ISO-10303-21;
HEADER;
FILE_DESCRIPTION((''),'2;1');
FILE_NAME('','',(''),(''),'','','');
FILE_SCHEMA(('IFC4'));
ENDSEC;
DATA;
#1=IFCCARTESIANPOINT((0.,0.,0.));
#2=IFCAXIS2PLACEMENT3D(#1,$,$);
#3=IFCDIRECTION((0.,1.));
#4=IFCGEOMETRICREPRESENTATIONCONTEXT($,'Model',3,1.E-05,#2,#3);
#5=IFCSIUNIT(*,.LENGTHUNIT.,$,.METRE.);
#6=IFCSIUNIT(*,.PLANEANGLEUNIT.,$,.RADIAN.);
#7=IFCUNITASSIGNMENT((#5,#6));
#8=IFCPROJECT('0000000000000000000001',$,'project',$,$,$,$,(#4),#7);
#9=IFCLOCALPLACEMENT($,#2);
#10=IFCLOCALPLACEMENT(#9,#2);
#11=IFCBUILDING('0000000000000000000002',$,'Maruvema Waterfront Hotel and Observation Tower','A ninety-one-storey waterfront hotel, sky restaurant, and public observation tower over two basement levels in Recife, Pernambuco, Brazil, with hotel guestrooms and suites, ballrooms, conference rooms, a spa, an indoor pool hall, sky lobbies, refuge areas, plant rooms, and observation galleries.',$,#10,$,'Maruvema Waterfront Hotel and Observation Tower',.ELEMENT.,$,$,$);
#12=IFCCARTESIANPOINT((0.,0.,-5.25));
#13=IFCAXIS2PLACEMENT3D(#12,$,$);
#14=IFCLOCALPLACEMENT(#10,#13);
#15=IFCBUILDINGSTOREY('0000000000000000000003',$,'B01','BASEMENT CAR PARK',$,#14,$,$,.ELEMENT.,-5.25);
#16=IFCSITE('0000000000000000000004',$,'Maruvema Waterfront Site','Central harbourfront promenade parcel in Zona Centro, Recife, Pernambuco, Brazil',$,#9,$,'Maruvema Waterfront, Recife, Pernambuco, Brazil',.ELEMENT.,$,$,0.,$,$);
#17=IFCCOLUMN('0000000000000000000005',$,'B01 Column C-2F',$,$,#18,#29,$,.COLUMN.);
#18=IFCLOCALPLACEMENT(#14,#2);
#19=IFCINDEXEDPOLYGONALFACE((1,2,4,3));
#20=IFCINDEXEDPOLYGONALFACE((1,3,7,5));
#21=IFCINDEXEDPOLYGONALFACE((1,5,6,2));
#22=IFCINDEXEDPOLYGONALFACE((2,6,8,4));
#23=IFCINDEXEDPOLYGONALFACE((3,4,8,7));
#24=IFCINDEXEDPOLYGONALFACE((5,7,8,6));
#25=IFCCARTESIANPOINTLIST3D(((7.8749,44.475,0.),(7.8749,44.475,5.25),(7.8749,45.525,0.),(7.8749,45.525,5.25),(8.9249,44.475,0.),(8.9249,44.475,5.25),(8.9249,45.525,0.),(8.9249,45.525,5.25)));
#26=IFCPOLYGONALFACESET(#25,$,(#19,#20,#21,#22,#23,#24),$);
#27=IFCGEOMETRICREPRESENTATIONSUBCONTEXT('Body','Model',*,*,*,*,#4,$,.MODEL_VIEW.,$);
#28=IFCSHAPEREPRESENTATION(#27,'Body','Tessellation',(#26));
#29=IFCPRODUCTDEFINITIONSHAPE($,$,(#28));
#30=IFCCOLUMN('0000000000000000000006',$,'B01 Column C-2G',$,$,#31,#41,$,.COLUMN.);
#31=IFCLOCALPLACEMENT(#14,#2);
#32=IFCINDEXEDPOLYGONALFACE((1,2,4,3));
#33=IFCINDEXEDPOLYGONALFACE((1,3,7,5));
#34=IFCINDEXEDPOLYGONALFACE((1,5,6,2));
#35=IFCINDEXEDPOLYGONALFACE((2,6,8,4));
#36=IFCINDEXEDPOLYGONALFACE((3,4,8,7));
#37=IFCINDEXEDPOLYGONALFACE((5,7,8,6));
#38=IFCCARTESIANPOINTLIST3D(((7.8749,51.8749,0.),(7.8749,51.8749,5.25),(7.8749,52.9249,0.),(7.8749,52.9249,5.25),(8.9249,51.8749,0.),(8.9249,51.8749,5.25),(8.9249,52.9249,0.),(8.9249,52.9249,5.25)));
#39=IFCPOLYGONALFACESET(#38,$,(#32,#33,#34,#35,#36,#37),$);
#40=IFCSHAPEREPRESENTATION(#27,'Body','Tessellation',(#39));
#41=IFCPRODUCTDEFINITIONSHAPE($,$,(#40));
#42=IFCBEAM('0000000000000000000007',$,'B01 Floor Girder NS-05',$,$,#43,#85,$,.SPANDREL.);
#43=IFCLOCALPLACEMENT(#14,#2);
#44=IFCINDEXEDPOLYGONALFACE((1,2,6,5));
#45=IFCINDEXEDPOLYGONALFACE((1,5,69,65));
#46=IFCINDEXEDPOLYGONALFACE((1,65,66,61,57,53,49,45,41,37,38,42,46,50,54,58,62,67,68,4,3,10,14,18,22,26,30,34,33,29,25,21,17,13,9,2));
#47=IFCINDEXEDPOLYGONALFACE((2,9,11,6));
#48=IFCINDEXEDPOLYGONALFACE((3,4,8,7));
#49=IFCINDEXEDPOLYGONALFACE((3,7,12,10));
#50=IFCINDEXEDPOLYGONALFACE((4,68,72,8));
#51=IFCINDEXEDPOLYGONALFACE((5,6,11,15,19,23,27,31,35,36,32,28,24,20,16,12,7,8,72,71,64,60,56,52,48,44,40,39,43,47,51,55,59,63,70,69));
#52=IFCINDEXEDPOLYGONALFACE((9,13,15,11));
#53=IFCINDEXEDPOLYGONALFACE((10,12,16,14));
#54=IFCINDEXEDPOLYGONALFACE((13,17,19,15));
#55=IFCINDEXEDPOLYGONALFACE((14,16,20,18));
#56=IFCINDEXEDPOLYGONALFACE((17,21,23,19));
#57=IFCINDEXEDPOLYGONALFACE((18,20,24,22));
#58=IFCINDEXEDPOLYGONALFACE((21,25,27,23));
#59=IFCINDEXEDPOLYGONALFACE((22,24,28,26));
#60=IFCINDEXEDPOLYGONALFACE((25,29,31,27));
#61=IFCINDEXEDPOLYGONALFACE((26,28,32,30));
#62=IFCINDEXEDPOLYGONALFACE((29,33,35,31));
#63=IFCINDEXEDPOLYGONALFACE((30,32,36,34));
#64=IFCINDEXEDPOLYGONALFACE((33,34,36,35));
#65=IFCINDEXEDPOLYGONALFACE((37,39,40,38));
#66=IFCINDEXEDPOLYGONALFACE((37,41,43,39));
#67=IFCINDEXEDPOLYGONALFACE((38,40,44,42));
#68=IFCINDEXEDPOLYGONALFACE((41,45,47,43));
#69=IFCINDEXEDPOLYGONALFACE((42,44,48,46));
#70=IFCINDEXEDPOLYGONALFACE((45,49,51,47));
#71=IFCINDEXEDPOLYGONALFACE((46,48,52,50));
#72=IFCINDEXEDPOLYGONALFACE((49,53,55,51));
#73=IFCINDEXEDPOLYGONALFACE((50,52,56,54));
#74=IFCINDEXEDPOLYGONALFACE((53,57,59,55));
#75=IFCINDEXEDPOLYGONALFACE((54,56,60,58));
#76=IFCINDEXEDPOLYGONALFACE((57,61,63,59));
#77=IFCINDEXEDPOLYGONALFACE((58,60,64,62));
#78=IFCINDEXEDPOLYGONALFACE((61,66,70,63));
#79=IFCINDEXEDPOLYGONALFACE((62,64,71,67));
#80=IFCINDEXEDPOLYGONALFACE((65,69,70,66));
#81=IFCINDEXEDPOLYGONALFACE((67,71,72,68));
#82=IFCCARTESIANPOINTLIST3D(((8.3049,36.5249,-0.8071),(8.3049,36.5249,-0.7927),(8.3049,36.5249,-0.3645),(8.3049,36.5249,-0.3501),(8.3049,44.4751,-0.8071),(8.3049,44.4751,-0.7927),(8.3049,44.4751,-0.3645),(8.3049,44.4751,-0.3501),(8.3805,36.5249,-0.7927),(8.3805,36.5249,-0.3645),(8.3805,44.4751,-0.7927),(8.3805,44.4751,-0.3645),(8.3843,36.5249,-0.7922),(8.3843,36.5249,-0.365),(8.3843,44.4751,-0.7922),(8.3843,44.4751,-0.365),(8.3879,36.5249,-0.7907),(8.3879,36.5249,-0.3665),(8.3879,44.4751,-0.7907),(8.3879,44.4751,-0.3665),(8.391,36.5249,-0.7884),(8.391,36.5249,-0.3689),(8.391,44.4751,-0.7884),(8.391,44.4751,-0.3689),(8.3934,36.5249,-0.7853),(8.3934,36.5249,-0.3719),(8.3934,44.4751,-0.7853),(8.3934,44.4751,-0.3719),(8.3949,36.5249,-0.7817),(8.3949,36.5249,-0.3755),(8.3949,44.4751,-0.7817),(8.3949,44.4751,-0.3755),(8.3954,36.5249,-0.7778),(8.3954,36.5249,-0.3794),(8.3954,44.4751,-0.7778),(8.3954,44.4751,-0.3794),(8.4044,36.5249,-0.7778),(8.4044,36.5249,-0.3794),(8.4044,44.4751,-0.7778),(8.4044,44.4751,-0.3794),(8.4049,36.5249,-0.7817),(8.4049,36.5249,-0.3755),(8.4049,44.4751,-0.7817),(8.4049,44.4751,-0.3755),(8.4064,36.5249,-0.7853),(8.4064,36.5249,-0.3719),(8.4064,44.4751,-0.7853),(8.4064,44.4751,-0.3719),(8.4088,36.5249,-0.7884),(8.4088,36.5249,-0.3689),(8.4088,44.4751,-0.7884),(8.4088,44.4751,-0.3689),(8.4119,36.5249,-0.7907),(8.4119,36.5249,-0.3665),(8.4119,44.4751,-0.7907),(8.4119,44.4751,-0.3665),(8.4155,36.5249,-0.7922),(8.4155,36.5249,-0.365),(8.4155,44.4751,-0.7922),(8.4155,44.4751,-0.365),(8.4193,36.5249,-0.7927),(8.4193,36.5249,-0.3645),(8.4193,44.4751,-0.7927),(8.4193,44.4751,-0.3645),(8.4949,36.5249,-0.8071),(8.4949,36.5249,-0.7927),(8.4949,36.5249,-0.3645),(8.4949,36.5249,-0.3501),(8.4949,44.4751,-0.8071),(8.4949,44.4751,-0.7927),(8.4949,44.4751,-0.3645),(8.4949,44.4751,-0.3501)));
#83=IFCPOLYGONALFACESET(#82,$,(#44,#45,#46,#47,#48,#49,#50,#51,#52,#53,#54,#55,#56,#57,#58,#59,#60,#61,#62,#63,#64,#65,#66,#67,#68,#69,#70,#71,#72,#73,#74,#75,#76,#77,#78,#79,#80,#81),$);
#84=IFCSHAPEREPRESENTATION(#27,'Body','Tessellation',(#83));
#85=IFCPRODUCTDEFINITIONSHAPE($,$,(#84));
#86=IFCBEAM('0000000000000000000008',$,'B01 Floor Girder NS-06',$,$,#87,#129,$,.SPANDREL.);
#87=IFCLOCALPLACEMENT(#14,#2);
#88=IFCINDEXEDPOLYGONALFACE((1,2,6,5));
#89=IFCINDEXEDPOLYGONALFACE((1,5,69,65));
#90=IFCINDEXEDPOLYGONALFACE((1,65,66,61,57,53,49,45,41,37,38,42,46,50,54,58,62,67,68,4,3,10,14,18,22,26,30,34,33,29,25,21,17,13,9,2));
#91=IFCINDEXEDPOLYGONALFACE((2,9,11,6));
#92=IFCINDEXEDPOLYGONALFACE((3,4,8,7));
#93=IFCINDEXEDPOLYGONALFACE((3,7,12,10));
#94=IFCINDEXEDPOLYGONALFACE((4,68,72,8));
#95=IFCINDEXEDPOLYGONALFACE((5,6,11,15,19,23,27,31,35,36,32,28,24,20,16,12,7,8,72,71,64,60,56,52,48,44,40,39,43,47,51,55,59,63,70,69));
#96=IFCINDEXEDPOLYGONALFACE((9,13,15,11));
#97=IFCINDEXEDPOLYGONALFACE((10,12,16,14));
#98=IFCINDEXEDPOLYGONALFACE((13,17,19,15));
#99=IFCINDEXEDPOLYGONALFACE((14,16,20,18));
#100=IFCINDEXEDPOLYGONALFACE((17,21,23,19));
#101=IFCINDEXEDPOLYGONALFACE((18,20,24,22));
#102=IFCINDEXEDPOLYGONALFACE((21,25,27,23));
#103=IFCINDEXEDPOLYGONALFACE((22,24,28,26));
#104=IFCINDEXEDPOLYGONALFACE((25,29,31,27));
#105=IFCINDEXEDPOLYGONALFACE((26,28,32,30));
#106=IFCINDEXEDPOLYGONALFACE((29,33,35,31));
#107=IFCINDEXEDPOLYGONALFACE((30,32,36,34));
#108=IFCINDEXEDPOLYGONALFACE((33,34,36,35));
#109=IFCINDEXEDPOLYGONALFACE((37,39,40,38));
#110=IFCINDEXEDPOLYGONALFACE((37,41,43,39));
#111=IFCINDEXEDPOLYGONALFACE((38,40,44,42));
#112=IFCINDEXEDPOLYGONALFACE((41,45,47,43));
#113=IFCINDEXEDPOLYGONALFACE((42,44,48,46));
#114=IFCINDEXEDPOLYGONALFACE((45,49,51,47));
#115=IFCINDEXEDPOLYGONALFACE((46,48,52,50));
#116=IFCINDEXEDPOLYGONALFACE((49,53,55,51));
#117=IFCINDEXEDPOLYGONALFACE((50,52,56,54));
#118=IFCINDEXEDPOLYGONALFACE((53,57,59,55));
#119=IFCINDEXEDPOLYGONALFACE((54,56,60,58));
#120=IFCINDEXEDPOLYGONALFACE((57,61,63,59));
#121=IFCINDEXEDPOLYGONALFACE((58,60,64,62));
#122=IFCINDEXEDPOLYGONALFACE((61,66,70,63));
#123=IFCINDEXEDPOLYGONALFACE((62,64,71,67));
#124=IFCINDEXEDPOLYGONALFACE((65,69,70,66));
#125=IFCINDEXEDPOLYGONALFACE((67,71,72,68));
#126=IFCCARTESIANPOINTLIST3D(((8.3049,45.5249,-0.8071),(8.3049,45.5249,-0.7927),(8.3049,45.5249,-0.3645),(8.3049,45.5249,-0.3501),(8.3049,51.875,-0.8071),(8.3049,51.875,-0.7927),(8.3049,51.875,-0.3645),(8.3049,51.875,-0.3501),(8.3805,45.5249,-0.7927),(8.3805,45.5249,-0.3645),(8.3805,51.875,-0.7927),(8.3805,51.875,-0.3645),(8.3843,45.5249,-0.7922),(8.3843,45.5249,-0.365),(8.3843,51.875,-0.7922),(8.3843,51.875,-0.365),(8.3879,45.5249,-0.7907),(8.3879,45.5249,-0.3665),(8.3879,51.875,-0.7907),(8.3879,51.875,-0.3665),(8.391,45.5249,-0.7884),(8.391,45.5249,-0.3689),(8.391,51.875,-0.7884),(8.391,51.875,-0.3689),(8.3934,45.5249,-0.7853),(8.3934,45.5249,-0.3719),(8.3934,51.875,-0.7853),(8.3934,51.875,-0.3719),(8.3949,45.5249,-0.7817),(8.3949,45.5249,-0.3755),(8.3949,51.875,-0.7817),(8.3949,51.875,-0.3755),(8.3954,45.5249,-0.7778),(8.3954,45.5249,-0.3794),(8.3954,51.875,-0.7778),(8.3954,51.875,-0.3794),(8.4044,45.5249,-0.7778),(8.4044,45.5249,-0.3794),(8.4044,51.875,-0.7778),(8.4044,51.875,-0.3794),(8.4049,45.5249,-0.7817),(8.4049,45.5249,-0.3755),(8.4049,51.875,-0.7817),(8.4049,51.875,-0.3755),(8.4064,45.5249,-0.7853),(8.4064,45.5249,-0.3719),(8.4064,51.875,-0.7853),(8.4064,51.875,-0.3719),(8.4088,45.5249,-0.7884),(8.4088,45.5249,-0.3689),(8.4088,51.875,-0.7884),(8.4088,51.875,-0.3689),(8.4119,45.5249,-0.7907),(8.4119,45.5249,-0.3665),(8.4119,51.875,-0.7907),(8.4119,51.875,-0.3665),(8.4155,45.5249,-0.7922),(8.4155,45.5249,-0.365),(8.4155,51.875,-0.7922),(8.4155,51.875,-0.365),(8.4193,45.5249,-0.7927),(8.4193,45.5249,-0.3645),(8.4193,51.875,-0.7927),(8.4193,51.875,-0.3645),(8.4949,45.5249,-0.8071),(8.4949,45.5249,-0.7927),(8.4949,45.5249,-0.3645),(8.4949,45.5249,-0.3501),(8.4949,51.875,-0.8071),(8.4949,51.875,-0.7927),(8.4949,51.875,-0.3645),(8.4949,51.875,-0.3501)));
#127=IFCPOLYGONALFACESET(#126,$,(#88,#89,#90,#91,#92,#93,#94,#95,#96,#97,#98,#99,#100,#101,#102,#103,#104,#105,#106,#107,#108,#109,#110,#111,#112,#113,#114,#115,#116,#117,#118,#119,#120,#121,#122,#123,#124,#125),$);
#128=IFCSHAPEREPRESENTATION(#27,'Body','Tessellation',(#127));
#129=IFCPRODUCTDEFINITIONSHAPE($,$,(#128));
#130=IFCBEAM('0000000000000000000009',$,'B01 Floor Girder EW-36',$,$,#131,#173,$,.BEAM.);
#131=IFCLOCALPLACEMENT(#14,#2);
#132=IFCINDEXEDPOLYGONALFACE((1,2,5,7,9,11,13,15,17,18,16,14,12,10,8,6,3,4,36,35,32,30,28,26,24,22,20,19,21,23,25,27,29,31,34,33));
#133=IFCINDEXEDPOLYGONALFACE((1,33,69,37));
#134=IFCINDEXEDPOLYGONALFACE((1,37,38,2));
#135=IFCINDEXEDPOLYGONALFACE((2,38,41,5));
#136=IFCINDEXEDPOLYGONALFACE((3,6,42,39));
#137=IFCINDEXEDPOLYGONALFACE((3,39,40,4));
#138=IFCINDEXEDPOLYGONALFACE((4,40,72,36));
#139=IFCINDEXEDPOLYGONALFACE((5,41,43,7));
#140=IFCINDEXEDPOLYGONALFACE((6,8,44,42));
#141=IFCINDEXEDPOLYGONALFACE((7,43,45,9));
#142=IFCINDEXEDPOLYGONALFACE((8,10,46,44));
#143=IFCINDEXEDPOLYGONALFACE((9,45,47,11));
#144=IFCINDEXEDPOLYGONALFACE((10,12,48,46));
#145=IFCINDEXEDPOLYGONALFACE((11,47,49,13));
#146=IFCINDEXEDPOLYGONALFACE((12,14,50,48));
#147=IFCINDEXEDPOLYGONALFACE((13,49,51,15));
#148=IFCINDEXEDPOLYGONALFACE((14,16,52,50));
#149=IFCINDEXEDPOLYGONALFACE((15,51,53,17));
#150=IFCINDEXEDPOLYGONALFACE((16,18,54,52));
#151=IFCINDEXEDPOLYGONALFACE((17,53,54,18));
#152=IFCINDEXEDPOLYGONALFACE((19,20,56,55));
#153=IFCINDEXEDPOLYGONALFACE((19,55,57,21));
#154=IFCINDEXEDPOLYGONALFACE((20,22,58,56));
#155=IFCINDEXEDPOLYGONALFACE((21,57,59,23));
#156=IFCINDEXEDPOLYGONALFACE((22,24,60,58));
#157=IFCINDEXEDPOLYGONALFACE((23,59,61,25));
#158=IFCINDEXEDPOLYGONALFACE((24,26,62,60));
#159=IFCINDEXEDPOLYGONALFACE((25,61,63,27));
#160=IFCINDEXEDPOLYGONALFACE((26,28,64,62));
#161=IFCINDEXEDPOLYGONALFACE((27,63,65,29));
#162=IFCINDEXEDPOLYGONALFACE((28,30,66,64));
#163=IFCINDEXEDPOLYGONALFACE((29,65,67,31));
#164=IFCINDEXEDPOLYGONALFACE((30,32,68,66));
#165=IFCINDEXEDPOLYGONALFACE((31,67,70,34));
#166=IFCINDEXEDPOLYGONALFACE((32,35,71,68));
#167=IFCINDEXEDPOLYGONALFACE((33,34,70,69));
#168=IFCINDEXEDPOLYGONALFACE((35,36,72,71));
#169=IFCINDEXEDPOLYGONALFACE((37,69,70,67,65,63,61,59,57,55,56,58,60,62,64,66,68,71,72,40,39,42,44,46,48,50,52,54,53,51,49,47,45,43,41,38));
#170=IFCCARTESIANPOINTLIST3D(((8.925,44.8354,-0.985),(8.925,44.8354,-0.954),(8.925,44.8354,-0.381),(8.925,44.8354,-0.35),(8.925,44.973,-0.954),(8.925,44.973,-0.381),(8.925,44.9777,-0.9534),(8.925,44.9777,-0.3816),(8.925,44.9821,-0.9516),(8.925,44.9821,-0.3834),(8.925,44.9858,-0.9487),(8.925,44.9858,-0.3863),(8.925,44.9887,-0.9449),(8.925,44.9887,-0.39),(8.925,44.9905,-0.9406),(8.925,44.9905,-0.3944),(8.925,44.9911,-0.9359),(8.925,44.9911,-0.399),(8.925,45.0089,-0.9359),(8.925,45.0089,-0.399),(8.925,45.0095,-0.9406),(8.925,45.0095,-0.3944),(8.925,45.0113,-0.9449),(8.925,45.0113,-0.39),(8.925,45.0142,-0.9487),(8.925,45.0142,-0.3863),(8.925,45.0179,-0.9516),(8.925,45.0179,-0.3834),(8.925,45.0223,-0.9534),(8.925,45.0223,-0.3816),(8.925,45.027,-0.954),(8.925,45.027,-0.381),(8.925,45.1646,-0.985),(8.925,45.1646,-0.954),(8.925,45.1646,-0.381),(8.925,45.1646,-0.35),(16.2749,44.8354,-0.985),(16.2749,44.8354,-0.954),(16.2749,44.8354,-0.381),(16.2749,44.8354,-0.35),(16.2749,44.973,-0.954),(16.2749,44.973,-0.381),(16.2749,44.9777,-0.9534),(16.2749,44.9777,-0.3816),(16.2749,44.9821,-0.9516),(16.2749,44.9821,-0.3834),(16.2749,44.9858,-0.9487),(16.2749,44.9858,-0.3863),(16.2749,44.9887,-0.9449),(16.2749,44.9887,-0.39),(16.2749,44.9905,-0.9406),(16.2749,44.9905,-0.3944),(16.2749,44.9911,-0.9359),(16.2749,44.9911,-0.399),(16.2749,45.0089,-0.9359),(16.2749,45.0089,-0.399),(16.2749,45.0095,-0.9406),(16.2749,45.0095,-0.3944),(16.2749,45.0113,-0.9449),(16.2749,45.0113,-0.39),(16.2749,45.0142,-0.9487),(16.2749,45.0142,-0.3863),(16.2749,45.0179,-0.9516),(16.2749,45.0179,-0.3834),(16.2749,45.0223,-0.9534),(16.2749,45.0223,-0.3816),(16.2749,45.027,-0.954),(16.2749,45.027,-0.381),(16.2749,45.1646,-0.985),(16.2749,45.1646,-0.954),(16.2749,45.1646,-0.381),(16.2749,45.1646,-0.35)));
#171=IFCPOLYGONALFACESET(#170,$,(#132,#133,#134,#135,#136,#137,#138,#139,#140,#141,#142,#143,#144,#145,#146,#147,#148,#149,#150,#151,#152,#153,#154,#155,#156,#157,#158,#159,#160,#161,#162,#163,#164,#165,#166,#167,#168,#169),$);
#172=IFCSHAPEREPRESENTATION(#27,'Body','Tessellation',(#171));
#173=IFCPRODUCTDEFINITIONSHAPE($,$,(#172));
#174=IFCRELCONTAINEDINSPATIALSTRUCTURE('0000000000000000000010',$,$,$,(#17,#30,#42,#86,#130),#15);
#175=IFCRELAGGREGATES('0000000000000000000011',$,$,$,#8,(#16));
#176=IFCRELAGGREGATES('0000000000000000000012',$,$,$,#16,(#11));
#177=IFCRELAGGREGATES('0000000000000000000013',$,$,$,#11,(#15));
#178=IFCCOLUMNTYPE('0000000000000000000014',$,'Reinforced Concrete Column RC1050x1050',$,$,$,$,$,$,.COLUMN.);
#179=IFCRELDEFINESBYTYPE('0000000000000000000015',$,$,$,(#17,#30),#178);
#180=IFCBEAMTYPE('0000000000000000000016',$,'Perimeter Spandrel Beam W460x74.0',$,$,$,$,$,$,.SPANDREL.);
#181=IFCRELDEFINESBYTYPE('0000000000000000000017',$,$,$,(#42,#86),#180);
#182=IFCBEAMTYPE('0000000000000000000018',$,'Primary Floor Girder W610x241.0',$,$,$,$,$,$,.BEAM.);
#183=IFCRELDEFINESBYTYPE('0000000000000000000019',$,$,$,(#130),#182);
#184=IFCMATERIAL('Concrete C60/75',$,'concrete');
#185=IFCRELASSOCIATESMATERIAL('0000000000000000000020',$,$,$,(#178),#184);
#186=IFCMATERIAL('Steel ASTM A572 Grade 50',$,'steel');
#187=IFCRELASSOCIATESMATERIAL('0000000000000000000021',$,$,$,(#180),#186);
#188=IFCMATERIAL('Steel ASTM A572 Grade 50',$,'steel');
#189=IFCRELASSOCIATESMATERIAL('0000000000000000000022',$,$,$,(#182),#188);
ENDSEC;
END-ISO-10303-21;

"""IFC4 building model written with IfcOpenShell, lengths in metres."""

from ifc_helpers import new_model, si_unit, direction, frame, origin, origin_2d, place, context, subcontext, project, spatial, rectangle, i_section, extrude, material, material_profile, profile_set, type_object, element, save


model = new_model("IFC4")

# Units and contexts
model_context = context("Model", 3, precision=1e-05, world=origin(), true_north=direction((0.0, 1.0)))
body_context = subcontext(model_context, "Body", "Model", "MODEL_VIEW")
ifc_project = project(units=[si_unit("LENGTHUNIT", "METRE"), si_unit("PLANEANGLEUNIT", "RADIAN")], contexts=[model_context])

# Site, building, storey
site_placement = place(None, origin())
site = spatial("IfcSite", under=ifc_project, at=site_placement, Name="Maruvema Waterfront Site", Description="Central harbourfront promenade parcel in Zona Centro, Recife, Pernambuco, Brazil", LongName="Maruvema Waterfront, Recife, Pernambuco, Brazil", CompositionType="ELEMENT", RefElevation=0.0)
building_placement = place(site_placement, origin())
building = spatial("IfcBuilding", under=site, at=building_placement, Name="Maruvema Waterfront Hotel and Observation Tower", Description="A ninety-one-storey waterfront hotel, sky restaurant, and public observation tower over two basement levels in Recife, Pernambuco, Brazil, with hotel guestrooms and suites, ballrooms, conference rooms, a spa, an indoor pool hall, sky lobbies, refuge areas, plant rooms, and observation galleries.", LongName="Maruvema Waterfront Hotel and Observation Tower", CompositionType="ELEMENT")
storey_placement = place(building_placement, frame((0.0, 0.0, -5.25)))
storey = spatial("IfcBuildingStorey", under=building, at=storey_placement, Name="B01", Description="BASEMENT CAR PARK", CompositionType="ELEMENT", Elevation=-5.25)

# Columns
ifc_material_1 = material(Name="Concrete C60/75", Category="concrete")
ifc_material_profile_1 = material_profile(ifc_material_1, rectangle(XDim=1.05, YDim=1.05, at=origin_2d()), Name="RC1050x1050")
ifc_profile_set_1 = profile_set([ifc_material_profile_1], Name="Concrete C60/75")
column_type = type_object("IfcColumnType", Name="Reinforced Concrete Column RC1050x1050", PredefinedType="COLUMN", material=ifc_profile_set_1)
for number, where, z_axis, x_axis, name in (
    (1, (8.3999, 45.0, 0.0), (0.0, 0.0, 1.0), (1.0, 0.0, 0.0), "B01 Column C-2F"),
    (2, (8.3999, 52.3999, 0.0), (0.0, 0.0, 1.0), (1.0, 0.0, 0.0), "B01 Column C-2G"),
):
    element("IfcColumn", number, at=place(storey_placement, frame(where, z_axis=z_axis, x_axis=x_axis)), inside=storey, type_object=column_type, Name=name, PredefinedType="COLUMN", context=body_context, shape_type="SweptSolid", body=[
        extrude(rectangle(XDim=1.05, YDim=1.05, at=origin_2d()), origin(), (0.0, 0.0, 1.0), 5.25),
    ])

# Beams
ifc_material_2 = material(Name="Steel ASTM A572 Grade 50", Category="steel")
ifc_material_profile_2 = material_profile(ifc_material_2, i_section(OverallWidth=0.1899, OverallDepth=0.457, WebThickness=0.009, FlangeThickness=0.0144, FilletRadius=0.0149, at=origin_2d()), Name="W460x74.0")
ifc_profile_set_2 = profile_set([ifc_material_profile_2], Name="Steel ASTM A572 Grade 50")
beam_type_1 = type_object("IfcBeamType", Name="Perimeter Spandrel Beam W460x74.0", PredefinedType="SPANDREL", material=ifc_profile_set_2)
beam_1_placement = place(storey_placement, frame((8.3999, 36.5249, -0.5786), z_axis=(0.0, 1.0, 0.0), x_axis=(-1.0, 0.0, 0.0)))
element("IfcBeam", 3, at=beam_1_placement, inside=storey, type_object=beam_type_1, Name="B01 Floor Girder NS-05", PredefinedType="SPANDREL", context=body_context, shape_type="SweptSolid", body=[
    extrude(i_section(OverallWidth=0.1899, OverallDepth=0.457, WebThickness=0.009, FlangeThickness=0.0144, FilletRadius=0.0149, at=origin_2d()), origin(), (0.0, 0.0, 1.0), 7.9502),
])
beam_2_placement = place(storey_placement, frame((8.3999, 45.5249, -0.5786), z_axis=(0.0, 1.0, 0.0), x_axis=(-1.0, 0.0, 0.0)))
element("IfcBeam", 4, at=beam_2_placement, inside=storey, type_object=beam_type_1, Name="B01 Floor Girder NS-06", PredefinedType="SPANDREL", context=body_context, shape_type="SweptSolid", body=[
    extrude(i_section(OverallWidth=0.1899, OverallDepth=0.457, WebThickness=0.009, FlangeThickness=0.0144, FilletRadius=0.0149, at=origin_2d()), origin(), (0.0, 0.0, 1.0), 6.3501),
])
ifc_material_3 = material(Name="Steel ASTM A572 Grade 50", Category="steel")
ifc_material_profile_3 = material_profile(ifc_material_3, i_section(OverallWidth=0.3291, OverallDepth=0.635, WebThickness=0.0178, FlangeThickness=0.031, FilletRadius=0.0181, at=origin_2d()), Name="W610x241.0")
ifc_profile_set_3 = profile_set([ifc_material_profile_3], Name="Steel ASTM A572 Grade 50")
beam_type_2 = type_object("IfcBeamType", Name="Primary Floor Girder W610x241.0", PredefinedType="BEAM", material=ifc_profile_set_3)
beam_3_placement = place(storey_placement, frame((8.925, 45.0, -0.6675), z_axis=(1.0, 0.0, 0.0), x_axis=(0.0, 1.0, 0.0)))
element("IfcBeam", 5, at=beam_3_placement, inside=storey, type_object=beam_type_2, Name="B01 Floor Girder EW-36", PredefinedType="BEAM", context=body_context, shape_type="SweptSolid", body=[
    extrude(i_section(OverallWidth=0.3291, OverallDepth=0.635, WebThickness=0.0178, FlangeThickness=0.031, FilletRadius=0.0181, at=origin_2d()), origin(), (0.0, 0.0, 1.0), 7.3499),
])

save(model, "model.ifc")
